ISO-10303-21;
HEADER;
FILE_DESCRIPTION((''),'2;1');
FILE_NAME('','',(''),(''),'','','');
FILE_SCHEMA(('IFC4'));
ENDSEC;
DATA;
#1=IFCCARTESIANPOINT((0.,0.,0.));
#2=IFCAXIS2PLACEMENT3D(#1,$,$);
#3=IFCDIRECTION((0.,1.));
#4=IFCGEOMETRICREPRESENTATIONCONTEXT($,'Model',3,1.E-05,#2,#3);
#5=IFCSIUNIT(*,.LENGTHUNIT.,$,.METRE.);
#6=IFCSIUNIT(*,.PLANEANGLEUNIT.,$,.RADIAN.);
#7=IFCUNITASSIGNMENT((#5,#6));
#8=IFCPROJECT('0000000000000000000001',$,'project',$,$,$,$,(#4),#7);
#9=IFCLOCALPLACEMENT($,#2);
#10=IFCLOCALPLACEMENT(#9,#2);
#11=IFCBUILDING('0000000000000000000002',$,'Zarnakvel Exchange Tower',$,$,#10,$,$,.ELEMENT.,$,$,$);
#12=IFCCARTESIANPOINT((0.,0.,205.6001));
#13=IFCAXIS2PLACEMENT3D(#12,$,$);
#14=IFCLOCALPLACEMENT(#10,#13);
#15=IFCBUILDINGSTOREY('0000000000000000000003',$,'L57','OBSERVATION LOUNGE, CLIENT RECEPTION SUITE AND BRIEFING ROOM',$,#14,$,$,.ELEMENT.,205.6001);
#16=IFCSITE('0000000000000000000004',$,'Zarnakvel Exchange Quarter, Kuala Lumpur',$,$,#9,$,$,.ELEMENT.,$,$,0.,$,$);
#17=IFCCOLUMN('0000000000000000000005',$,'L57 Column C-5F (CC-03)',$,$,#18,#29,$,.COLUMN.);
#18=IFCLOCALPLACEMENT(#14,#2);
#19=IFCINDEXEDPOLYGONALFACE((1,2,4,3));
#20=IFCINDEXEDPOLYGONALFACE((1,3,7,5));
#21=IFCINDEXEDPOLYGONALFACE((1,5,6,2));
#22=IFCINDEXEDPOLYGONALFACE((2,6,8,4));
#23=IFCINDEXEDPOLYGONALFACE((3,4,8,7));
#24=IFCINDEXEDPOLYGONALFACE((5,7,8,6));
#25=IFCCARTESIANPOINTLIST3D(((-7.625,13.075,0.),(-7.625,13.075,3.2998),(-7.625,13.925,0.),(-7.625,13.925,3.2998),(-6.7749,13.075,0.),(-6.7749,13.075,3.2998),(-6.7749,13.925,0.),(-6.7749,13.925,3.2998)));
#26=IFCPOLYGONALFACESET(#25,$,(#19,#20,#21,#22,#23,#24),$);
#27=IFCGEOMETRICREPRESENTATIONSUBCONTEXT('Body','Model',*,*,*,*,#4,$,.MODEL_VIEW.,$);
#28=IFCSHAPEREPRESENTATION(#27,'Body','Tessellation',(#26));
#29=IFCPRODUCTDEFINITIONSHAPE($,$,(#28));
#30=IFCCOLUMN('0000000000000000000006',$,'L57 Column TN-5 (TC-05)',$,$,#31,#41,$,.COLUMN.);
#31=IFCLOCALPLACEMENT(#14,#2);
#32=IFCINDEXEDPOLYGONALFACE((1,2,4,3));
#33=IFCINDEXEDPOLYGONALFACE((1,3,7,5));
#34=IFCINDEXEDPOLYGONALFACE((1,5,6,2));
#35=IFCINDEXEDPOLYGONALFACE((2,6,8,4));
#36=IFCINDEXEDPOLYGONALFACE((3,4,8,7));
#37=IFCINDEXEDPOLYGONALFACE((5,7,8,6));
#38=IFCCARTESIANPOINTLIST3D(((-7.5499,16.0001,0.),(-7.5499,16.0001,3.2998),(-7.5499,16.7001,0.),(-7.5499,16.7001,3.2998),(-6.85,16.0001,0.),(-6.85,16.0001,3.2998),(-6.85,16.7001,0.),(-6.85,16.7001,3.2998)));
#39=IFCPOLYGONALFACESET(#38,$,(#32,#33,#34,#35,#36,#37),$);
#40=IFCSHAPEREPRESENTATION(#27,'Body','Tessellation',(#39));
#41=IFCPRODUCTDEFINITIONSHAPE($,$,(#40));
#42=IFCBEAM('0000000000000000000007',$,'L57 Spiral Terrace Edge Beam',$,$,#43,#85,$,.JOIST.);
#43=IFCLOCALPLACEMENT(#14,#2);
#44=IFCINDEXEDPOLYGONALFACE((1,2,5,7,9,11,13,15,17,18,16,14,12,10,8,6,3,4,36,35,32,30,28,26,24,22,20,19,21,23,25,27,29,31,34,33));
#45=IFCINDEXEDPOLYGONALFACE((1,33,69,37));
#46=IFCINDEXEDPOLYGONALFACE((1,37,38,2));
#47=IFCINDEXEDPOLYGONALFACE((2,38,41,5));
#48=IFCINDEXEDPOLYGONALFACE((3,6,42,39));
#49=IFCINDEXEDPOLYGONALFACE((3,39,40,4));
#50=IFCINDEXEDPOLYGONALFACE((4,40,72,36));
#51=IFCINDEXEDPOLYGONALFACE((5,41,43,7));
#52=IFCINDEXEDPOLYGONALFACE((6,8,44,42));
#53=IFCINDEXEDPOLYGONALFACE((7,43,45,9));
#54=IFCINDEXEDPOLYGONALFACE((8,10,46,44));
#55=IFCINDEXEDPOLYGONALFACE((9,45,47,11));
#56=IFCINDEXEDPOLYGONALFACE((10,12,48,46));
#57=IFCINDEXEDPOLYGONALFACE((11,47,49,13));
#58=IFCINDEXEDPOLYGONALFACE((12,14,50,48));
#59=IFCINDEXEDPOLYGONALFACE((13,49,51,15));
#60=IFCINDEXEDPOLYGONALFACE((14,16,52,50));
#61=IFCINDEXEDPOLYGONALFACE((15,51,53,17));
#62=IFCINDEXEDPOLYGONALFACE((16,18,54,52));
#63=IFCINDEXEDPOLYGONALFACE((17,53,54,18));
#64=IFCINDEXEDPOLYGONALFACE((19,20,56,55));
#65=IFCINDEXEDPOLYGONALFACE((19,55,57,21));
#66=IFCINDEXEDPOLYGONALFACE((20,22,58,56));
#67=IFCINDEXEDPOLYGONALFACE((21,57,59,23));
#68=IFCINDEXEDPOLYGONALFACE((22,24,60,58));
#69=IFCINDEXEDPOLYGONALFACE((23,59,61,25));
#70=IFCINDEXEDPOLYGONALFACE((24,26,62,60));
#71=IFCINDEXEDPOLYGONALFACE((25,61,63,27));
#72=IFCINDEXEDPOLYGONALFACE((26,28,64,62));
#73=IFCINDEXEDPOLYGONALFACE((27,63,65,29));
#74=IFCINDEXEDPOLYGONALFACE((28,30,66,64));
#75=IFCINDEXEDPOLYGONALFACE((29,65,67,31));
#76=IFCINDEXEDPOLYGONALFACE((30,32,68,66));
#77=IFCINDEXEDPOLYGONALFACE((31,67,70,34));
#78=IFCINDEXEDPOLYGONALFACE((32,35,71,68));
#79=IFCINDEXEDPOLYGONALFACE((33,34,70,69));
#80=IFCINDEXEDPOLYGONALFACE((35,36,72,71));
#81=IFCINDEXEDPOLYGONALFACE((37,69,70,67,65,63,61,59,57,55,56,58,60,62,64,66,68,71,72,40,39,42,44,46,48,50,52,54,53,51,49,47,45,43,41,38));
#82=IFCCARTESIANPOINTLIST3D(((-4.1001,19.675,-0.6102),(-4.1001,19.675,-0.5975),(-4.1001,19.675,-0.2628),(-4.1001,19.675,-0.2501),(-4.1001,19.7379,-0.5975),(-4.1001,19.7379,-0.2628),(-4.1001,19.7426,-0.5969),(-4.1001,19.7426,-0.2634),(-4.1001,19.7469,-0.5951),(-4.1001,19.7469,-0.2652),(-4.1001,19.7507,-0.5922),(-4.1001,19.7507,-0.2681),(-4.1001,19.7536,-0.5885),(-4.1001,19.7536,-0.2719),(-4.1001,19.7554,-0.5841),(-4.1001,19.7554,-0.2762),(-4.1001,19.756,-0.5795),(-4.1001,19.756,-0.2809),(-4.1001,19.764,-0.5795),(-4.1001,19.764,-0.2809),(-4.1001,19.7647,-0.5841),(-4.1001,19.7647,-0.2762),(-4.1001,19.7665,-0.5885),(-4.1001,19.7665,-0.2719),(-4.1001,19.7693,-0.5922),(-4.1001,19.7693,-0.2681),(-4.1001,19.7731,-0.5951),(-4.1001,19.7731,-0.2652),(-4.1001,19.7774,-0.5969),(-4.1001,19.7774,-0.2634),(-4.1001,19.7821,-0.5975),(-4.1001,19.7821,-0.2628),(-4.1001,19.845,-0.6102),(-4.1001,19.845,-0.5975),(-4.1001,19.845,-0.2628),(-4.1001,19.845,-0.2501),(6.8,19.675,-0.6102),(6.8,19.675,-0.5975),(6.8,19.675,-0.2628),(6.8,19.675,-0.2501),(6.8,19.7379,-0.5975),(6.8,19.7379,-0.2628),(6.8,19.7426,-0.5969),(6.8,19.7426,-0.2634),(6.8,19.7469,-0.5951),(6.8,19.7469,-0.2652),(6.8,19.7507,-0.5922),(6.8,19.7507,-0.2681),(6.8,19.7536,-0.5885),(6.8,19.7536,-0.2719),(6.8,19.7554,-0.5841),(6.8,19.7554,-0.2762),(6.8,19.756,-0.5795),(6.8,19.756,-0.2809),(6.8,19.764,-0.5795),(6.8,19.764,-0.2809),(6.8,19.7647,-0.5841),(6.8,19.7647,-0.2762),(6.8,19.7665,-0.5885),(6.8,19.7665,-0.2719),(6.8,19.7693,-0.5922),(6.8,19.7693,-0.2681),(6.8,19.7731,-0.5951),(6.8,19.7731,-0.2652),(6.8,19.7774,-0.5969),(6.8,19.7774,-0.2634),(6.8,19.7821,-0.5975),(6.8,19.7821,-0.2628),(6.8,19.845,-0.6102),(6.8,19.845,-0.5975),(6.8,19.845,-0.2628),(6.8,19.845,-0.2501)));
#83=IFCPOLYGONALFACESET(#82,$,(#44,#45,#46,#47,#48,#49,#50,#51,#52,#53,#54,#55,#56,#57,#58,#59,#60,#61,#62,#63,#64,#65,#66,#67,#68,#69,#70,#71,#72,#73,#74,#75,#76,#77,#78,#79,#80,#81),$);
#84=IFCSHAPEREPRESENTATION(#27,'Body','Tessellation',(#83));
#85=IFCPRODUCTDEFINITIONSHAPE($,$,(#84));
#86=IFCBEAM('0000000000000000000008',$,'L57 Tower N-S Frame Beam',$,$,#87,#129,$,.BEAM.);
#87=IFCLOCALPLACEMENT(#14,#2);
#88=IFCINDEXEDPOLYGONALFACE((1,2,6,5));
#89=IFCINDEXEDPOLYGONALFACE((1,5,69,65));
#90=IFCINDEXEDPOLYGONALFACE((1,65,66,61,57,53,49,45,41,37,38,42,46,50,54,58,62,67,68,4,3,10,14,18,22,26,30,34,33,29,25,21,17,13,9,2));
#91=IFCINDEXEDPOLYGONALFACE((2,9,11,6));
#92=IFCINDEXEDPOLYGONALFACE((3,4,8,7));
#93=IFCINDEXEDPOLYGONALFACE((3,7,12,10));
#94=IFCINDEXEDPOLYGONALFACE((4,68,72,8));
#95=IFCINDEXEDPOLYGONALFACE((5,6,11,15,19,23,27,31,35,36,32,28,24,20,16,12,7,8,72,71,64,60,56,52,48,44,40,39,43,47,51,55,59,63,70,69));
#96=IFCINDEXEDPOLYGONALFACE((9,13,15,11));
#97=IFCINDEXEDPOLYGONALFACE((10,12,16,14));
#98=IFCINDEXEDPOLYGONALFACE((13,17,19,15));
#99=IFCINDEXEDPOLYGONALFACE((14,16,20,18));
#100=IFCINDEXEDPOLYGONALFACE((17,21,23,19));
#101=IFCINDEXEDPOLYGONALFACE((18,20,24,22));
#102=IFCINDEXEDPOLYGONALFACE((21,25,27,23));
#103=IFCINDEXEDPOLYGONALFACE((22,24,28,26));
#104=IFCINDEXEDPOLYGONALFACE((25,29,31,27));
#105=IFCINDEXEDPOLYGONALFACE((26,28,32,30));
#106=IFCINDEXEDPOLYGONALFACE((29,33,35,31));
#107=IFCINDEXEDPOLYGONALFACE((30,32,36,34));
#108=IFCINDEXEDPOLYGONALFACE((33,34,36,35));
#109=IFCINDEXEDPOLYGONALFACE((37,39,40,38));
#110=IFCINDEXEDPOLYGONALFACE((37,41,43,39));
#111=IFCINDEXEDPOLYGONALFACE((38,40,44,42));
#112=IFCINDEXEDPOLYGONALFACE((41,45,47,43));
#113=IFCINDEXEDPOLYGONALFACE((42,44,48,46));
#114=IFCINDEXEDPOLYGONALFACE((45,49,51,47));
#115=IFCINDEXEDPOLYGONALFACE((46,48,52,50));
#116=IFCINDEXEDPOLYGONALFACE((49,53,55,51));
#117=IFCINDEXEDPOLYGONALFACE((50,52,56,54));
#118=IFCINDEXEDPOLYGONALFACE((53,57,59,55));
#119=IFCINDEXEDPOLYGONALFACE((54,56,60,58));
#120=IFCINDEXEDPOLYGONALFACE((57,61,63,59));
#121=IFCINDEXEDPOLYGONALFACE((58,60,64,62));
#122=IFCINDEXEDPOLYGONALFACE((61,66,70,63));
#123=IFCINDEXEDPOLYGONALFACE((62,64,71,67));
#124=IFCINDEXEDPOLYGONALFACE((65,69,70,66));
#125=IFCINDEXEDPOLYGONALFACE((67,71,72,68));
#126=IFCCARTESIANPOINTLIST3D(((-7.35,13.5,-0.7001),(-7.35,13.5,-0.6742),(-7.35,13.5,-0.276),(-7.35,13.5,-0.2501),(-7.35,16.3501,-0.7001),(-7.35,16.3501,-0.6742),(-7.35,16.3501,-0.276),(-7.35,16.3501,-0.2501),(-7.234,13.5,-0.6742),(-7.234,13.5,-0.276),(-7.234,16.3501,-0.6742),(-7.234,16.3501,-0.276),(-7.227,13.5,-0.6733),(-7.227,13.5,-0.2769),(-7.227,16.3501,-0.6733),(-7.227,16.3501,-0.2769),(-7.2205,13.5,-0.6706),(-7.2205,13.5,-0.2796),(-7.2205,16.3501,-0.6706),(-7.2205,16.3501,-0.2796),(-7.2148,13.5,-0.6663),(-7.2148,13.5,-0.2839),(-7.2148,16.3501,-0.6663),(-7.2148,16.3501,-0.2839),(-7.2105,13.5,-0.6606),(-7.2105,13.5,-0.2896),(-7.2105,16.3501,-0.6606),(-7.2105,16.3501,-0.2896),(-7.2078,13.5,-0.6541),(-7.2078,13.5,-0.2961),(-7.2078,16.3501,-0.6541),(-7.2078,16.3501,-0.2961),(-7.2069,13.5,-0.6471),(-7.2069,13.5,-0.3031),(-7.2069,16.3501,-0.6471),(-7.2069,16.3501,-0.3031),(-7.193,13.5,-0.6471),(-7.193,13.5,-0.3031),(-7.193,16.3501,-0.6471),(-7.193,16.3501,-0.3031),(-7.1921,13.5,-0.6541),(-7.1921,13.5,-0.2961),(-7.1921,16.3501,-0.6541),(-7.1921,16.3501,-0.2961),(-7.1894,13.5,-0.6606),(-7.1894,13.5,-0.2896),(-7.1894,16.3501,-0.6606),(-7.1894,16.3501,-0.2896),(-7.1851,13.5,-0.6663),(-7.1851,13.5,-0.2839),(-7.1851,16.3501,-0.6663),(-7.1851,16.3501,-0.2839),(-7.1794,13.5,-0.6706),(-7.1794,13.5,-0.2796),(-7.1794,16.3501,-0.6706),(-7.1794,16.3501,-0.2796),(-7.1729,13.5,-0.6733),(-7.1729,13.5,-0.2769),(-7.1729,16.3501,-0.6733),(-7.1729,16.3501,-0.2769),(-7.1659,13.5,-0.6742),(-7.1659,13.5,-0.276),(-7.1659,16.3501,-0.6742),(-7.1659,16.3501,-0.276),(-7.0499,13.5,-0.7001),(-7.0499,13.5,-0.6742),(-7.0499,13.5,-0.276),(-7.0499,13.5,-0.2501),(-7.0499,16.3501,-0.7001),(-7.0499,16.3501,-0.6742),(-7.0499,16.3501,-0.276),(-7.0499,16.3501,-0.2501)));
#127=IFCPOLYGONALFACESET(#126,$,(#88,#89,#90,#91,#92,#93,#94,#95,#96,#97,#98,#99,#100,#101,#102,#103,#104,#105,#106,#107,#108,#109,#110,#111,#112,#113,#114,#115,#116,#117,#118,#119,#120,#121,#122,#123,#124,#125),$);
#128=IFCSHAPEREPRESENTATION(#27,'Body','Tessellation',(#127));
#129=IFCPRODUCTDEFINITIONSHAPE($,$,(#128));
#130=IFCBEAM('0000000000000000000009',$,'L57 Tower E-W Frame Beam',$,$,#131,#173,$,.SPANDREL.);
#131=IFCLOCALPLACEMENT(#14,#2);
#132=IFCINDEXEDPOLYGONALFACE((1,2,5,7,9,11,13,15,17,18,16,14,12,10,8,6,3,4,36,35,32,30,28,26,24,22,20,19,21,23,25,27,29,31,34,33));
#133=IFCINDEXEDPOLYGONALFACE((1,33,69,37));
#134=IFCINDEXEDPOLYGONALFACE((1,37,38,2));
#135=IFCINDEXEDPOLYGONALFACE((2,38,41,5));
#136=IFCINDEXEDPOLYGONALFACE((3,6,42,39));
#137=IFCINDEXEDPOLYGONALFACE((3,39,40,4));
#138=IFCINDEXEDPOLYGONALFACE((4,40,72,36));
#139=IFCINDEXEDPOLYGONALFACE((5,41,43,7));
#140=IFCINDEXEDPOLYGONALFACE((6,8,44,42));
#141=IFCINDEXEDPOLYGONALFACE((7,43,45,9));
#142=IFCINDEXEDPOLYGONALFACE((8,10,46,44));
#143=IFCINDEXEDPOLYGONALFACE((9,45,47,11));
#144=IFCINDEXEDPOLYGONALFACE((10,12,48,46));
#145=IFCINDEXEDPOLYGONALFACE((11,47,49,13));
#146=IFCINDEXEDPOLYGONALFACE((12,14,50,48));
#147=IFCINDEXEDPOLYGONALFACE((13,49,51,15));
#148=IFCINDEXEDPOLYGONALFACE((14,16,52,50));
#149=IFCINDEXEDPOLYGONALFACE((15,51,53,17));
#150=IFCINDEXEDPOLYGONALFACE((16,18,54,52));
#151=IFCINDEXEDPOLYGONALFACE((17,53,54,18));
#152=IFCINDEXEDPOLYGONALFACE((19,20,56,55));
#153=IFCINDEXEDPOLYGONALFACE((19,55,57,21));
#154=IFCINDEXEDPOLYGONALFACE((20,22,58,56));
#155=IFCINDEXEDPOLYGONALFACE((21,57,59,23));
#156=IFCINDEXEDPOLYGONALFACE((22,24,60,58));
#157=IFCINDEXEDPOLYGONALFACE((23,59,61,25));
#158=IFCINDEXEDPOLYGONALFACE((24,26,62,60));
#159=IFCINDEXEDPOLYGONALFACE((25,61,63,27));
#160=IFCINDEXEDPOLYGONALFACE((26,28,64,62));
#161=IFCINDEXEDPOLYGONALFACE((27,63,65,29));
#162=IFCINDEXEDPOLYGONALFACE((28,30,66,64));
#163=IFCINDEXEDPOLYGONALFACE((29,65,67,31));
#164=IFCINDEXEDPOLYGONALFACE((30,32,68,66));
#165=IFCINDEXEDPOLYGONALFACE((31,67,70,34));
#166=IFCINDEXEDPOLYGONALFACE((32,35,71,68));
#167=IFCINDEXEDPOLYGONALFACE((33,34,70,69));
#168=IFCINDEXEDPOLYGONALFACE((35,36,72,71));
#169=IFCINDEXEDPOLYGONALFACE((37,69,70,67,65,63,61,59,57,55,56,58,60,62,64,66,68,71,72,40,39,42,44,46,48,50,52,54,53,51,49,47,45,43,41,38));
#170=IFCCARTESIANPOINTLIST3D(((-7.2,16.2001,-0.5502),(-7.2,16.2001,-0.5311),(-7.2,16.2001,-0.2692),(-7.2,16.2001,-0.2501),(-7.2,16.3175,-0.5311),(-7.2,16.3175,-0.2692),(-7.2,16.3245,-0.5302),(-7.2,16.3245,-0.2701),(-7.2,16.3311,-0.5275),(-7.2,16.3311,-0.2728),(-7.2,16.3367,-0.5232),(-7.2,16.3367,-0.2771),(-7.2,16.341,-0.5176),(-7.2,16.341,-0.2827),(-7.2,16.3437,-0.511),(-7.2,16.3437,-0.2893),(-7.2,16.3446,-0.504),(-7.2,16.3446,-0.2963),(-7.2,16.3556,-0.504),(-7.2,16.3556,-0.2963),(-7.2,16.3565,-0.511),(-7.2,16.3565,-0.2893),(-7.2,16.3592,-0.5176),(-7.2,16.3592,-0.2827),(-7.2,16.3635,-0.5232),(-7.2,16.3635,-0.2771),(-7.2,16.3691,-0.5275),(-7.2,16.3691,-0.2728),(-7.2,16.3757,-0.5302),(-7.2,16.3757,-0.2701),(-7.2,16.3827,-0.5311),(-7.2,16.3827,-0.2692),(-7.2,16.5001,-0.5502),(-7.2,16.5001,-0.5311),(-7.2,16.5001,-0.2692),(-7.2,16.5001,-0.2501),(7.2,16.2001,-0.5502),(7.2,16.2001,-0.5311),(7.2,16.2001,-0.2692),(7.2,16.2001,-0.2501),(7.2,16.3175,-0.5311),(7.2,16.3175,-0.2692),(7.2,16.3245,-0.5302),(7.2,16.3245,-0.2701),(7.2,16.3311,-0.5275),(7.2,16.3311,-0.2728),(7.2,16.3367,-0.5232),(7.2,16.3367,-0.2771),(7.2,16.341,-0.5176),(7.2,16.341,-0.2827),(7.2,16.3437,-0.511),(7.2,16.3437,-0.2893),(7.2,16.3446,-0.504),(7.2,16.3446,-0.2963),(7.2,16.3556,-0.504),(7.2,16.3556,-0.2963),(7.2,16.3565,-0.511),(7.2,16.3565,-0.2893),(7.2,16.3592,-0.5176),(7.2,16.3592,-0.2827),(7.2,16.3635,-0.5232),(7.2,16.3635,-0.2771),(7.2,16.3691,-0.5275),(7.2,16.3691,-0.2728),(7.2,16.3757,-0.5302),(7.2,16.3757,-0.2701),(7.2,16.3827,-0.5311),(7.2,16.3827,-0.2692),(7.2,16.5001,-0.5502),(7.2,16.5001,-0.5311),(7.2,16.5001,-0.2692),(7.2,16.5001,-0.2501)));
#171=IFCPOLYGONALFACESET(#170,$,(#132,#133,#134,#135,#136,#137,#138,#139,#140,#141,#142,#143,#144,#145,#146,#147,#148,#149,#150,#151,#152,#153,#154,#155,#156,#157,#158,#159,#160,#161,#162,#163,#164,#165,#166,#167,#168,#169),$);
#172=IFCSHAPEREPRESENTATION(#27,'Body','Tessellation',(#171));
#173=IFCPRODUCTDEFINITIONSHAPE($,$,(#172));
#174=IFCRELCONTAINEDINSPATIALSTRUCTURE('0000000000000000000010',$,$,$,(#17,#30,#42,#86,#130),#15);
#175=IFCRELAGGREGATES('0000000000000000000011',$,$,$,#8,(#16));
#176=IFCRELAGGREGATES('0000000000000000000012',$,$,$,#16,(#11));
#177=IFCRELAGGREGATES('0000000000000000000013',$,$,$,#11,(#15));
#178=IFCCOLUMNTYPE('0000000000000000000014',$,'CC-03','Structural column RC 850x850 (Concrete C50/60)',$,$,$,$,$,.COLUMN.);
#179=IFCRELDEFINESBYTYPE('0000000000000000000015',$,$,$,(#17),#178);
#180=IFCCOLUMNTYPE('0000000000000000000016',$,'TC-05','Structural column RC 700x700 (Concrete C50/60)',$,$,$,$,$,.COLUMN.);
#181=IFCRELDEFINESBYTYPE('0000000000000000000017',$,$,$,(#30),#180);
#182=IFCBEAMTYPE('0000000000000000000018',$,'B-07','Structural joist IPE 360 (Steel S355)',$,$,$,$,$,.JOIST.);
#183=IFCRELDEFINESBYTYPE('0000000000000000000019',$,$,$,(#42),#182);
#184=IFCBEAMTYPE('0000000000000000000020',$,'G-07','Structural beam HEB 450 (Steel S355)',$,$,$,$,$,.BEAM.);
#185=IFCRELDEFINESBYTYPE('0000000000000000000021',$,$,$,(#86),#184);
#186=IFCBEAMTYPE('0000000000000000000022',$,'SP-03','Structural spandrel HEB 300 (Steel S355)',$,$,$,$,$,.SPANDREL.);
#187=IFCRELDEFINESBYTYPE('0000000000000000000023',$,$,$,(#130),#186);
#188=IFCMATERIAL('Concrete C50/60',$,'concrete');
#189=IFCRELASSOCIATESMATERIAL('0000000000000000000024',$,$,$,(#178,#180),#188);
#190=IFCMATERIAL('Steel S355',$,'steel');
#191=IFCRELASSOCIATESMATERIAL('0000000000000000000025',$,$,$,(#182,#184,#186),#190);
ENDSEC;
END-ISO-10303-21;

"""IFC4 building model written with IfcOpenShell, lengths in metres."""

from ifc_helpers import new_model, si_unit, direction, frame, origin, origin_2d, place, context, subcontext, project, spatial, rectangle, i_section, extrude, material, material_profile, profile_set, type_object, element, save


model = new_model("IFC4")

# Units and contexts
model_context = context("Model", 3, precision=1e-05, world=origin(), true_north=direction((0.0, 1.0)))
body_context = subcontext(model_context, "Body", "Model", "MODEL_VIEW")
ifc_project = project(units=[si_unit("LENGTHUNIT", "METRE"), si_unit("PLANEANGLEUNIT", "RADIAN")], contexts=[model_context])

# Site, building, storey
site_placement = place(None, origin())
site = spatial("IfcSite", under=ifc_project, at=site_placement, Name="Zarnakvel Exchange Quarter, Kuala Lumpur", CompositionType="ELEMENT", RefElevation=0.0)
building_placement = place(site_placement, origin())
building = spatial("IfcBuilding", under=site, at=building_placement, Name="Zarnakvel Exchange Tower", CompositionType="ELEMENT")
storey_placement = place(building_placement, frame((0.0, 0.0, 205.6001)))
storey = spatial("IfcBuildingStorey", under=building, at=storey_placement, Name="L57", Description="OBSERVATION LOUNGE, CLIENT RECEPTION SUITE AND BRIEFING ROOM", CompositionType="ELEMENT", Elevation=205.6001)

# Columns
ifc_material_1 = material(Name="Concrete C50/60", Category="concrete")
ifc_material_profile_1 = material_profile(ifc_material_1, rectangle(XDim=0.8501, YDim=0.8501, at=origin_2d()))
ifc_profile_set_1 = profile_set([ifc_material_profile_1], Name="Concrete C50/60")
column_type_1 = type_object("IfcColumnType", Name="CC-03", Description="Structural column RC 850x850 (Concrete C50/60)", PredefinedType="COLUMN", material=ifc_profile_set_1)
column_1_placement = place(storey_placement, frame((-7.2, 13.5, 0.0), z_axis=(0.0, 0.0, 1.0), x_axis=(1.0, 0.0, 0.0)))
element("IfcColumn", 1, at=column_1_placement, inside=storey, type_object=column_type_1, Name="L57 Column C-5F (CC-03)", PredefinedType="COLUMN", context=body_context, shape_type="SweptSolid", body=[
    extrude(rectangle(XDim=0.8501, YDim=0.8501, at=origin_2d()), origin(), (0.0, 0.0, 1.0), 3.2998),
])
ifc_material_profile_2 = material_profile(ifc_material_1, rectangle(XDim=0.7, YDim=0.7, at=origin_2d()))
ifc_profile_set_2 = profile_set([ifc_material_profile_2], Name="Concrete C50/60")
column_type_2 = type_object("IfcColumnType", Name="TC-05", Description="Structural column RC 700x700 (Concrete C50/60)", PredefinedType="COLUMN", material=ifc_profile_set_2)
column_2_placement = place(storey_placement, frame((-7.2, 16.3501, 0.0), z_axis=(0.0, 0.0, 1.0), x_axis=(1.0, 0.0, 0.0)))
element("IfcColumn", 2, at=column_2_placement, inside=storey, type_object=column_type_2, Name="L57 Column TN-5 (TC-05)", PredefinedType="COLUMN", context=body_context, shape_type="SweptSolid", body=[
    extrude(rectangle(XDim=0.7, YDim=0.7, at=origin_2d()), origin(), (0.0, 0.0, 1.0), 3.2998),
])

# Beams
ifc_material_2 = material(Name="Steel S355", Category="steel")
ifc_material_profile_3 = material_profile(ifc_material_2, i_section(OverallWidth=0.1699, OverallDepth=0.3601, WebThickness=0.0081, FlangeThickness=0.0127, FilletRadius=0.0181, at=origin_2d()))
ifc_profile_set_3 = profile_set([ifc_material_profile_3], Name="Steel S355")
beam_type_1 = type_object("IfcBeamType", Name="B-07", Description="Structural joist IPE 360 (Steel S355)", PredefinedType="JOIST", material=ifc_profile_set_3)
beam_1_placement = place(storey_placement, frame((-4.1001, 19.76, -0.4302), z_axis=(1.0, 0.0, 0.0), x_axis=(0.0, 1.0, 0.0)))
element("IfcBeam", 3, at=beam_1_placement, inside=storey, type_object=beam_type_1, Name="L57 Spiral Terrace Edge Beam", PredefinedType="JOIST", context=body_context, shape_type="SweptSolid", body=[
    extrude(i_section(OverallWidth=0.1699, OverallDepth=0.3601, WebThickness=0.0081, FlangeThickness=0.0127, FilletRadius=0.0181, at=origin_2d()), origin(), (0.0, 0.0, 1.0), 10.9001),
])
ifc_material_profile_4 = material_profile(ifc_material_2, i_section(OverallWidth=0.3, OverallDepth=0.45, WebThickness=0.0139, FlangeThickness=0.0259, FilletRadius=0.0271, at=origin_2d()))
ifc_profile_set_4 = profile_set([ifc_material_profile_4], Name="Steel S355")
beam_type_2 = type_object("IfcBeamType", Name="G-07", Description="Structural beam HEB 450 (Steel S355)", PredefinedType="BEAM", material=ifc_profile_set_4)
beam_2_placement = place(storey_placement, frame((-7.2, 13.5, -0.4751), z_axis=(0.0, 1.0, 0.0), x_axis=(-1.0, 0.0, 0.0)))
element("IfcBeam", 4, at=beam_2_placement, inside=storey, type_object=beam_type_2, Name="L57 Tower N-S Frame Beam", PredefinedType="BEAM", context=body_context, shape_type="SweptSolid", body=[
    extrude(i_section(OverallWidth=0.3, OverallDepth=0.45, WebThickness=0.0139, FlangeThickness=0.0259, FilletRadius=0.0271, at=origin_2d()), origin(), (0.0, 0.0, 1.0), 2.8501),
])
ifc_material_profile_5 = material_profile(ifc_material_2, i_section(OverallWidth=0.3, OverallDepth=0.3, WebThickness=0.011, FlangeThickness=0.019, FilletRadius=0.0271, at=origin_2d()))
ifc_profile_set_5 = profile_set([ifc_material_profile_5], Name="Steel S355")
beam_type_3 = type_object("IfcBeamType", Name="SP-03", Description="Structural spandrel HEB 300 (Steel S355)", PredefinedType="SPANDREL", material=ifc_profile_set_5)
beam_3_placement = place(storey_placement, frame((-7.2, 16.3501, -0.4001), z_axis=(1.0, 0.0, 0.0), x_axis=(0.0, 1.0, 0.0)))
element("IfcBeam", 5, at=beam_3_placement, inside=storey, type_object=beam_type_3, Name="L57 Tower E-W Frame Beam", PredefinedType="SPANDREL", context=body_context, shape_type="SweptSolid", body=[
    extrude(i_section(OverallWidth=0.3, OverallDepth=0.3, WebThickness=0.011, FlangeThickness=0.019, FilletRadius=0.0271, at=origin_2d()), origin(), (0.0, 0.0, 1.0), 14.3999),
])

save(model, "model.ifc")
